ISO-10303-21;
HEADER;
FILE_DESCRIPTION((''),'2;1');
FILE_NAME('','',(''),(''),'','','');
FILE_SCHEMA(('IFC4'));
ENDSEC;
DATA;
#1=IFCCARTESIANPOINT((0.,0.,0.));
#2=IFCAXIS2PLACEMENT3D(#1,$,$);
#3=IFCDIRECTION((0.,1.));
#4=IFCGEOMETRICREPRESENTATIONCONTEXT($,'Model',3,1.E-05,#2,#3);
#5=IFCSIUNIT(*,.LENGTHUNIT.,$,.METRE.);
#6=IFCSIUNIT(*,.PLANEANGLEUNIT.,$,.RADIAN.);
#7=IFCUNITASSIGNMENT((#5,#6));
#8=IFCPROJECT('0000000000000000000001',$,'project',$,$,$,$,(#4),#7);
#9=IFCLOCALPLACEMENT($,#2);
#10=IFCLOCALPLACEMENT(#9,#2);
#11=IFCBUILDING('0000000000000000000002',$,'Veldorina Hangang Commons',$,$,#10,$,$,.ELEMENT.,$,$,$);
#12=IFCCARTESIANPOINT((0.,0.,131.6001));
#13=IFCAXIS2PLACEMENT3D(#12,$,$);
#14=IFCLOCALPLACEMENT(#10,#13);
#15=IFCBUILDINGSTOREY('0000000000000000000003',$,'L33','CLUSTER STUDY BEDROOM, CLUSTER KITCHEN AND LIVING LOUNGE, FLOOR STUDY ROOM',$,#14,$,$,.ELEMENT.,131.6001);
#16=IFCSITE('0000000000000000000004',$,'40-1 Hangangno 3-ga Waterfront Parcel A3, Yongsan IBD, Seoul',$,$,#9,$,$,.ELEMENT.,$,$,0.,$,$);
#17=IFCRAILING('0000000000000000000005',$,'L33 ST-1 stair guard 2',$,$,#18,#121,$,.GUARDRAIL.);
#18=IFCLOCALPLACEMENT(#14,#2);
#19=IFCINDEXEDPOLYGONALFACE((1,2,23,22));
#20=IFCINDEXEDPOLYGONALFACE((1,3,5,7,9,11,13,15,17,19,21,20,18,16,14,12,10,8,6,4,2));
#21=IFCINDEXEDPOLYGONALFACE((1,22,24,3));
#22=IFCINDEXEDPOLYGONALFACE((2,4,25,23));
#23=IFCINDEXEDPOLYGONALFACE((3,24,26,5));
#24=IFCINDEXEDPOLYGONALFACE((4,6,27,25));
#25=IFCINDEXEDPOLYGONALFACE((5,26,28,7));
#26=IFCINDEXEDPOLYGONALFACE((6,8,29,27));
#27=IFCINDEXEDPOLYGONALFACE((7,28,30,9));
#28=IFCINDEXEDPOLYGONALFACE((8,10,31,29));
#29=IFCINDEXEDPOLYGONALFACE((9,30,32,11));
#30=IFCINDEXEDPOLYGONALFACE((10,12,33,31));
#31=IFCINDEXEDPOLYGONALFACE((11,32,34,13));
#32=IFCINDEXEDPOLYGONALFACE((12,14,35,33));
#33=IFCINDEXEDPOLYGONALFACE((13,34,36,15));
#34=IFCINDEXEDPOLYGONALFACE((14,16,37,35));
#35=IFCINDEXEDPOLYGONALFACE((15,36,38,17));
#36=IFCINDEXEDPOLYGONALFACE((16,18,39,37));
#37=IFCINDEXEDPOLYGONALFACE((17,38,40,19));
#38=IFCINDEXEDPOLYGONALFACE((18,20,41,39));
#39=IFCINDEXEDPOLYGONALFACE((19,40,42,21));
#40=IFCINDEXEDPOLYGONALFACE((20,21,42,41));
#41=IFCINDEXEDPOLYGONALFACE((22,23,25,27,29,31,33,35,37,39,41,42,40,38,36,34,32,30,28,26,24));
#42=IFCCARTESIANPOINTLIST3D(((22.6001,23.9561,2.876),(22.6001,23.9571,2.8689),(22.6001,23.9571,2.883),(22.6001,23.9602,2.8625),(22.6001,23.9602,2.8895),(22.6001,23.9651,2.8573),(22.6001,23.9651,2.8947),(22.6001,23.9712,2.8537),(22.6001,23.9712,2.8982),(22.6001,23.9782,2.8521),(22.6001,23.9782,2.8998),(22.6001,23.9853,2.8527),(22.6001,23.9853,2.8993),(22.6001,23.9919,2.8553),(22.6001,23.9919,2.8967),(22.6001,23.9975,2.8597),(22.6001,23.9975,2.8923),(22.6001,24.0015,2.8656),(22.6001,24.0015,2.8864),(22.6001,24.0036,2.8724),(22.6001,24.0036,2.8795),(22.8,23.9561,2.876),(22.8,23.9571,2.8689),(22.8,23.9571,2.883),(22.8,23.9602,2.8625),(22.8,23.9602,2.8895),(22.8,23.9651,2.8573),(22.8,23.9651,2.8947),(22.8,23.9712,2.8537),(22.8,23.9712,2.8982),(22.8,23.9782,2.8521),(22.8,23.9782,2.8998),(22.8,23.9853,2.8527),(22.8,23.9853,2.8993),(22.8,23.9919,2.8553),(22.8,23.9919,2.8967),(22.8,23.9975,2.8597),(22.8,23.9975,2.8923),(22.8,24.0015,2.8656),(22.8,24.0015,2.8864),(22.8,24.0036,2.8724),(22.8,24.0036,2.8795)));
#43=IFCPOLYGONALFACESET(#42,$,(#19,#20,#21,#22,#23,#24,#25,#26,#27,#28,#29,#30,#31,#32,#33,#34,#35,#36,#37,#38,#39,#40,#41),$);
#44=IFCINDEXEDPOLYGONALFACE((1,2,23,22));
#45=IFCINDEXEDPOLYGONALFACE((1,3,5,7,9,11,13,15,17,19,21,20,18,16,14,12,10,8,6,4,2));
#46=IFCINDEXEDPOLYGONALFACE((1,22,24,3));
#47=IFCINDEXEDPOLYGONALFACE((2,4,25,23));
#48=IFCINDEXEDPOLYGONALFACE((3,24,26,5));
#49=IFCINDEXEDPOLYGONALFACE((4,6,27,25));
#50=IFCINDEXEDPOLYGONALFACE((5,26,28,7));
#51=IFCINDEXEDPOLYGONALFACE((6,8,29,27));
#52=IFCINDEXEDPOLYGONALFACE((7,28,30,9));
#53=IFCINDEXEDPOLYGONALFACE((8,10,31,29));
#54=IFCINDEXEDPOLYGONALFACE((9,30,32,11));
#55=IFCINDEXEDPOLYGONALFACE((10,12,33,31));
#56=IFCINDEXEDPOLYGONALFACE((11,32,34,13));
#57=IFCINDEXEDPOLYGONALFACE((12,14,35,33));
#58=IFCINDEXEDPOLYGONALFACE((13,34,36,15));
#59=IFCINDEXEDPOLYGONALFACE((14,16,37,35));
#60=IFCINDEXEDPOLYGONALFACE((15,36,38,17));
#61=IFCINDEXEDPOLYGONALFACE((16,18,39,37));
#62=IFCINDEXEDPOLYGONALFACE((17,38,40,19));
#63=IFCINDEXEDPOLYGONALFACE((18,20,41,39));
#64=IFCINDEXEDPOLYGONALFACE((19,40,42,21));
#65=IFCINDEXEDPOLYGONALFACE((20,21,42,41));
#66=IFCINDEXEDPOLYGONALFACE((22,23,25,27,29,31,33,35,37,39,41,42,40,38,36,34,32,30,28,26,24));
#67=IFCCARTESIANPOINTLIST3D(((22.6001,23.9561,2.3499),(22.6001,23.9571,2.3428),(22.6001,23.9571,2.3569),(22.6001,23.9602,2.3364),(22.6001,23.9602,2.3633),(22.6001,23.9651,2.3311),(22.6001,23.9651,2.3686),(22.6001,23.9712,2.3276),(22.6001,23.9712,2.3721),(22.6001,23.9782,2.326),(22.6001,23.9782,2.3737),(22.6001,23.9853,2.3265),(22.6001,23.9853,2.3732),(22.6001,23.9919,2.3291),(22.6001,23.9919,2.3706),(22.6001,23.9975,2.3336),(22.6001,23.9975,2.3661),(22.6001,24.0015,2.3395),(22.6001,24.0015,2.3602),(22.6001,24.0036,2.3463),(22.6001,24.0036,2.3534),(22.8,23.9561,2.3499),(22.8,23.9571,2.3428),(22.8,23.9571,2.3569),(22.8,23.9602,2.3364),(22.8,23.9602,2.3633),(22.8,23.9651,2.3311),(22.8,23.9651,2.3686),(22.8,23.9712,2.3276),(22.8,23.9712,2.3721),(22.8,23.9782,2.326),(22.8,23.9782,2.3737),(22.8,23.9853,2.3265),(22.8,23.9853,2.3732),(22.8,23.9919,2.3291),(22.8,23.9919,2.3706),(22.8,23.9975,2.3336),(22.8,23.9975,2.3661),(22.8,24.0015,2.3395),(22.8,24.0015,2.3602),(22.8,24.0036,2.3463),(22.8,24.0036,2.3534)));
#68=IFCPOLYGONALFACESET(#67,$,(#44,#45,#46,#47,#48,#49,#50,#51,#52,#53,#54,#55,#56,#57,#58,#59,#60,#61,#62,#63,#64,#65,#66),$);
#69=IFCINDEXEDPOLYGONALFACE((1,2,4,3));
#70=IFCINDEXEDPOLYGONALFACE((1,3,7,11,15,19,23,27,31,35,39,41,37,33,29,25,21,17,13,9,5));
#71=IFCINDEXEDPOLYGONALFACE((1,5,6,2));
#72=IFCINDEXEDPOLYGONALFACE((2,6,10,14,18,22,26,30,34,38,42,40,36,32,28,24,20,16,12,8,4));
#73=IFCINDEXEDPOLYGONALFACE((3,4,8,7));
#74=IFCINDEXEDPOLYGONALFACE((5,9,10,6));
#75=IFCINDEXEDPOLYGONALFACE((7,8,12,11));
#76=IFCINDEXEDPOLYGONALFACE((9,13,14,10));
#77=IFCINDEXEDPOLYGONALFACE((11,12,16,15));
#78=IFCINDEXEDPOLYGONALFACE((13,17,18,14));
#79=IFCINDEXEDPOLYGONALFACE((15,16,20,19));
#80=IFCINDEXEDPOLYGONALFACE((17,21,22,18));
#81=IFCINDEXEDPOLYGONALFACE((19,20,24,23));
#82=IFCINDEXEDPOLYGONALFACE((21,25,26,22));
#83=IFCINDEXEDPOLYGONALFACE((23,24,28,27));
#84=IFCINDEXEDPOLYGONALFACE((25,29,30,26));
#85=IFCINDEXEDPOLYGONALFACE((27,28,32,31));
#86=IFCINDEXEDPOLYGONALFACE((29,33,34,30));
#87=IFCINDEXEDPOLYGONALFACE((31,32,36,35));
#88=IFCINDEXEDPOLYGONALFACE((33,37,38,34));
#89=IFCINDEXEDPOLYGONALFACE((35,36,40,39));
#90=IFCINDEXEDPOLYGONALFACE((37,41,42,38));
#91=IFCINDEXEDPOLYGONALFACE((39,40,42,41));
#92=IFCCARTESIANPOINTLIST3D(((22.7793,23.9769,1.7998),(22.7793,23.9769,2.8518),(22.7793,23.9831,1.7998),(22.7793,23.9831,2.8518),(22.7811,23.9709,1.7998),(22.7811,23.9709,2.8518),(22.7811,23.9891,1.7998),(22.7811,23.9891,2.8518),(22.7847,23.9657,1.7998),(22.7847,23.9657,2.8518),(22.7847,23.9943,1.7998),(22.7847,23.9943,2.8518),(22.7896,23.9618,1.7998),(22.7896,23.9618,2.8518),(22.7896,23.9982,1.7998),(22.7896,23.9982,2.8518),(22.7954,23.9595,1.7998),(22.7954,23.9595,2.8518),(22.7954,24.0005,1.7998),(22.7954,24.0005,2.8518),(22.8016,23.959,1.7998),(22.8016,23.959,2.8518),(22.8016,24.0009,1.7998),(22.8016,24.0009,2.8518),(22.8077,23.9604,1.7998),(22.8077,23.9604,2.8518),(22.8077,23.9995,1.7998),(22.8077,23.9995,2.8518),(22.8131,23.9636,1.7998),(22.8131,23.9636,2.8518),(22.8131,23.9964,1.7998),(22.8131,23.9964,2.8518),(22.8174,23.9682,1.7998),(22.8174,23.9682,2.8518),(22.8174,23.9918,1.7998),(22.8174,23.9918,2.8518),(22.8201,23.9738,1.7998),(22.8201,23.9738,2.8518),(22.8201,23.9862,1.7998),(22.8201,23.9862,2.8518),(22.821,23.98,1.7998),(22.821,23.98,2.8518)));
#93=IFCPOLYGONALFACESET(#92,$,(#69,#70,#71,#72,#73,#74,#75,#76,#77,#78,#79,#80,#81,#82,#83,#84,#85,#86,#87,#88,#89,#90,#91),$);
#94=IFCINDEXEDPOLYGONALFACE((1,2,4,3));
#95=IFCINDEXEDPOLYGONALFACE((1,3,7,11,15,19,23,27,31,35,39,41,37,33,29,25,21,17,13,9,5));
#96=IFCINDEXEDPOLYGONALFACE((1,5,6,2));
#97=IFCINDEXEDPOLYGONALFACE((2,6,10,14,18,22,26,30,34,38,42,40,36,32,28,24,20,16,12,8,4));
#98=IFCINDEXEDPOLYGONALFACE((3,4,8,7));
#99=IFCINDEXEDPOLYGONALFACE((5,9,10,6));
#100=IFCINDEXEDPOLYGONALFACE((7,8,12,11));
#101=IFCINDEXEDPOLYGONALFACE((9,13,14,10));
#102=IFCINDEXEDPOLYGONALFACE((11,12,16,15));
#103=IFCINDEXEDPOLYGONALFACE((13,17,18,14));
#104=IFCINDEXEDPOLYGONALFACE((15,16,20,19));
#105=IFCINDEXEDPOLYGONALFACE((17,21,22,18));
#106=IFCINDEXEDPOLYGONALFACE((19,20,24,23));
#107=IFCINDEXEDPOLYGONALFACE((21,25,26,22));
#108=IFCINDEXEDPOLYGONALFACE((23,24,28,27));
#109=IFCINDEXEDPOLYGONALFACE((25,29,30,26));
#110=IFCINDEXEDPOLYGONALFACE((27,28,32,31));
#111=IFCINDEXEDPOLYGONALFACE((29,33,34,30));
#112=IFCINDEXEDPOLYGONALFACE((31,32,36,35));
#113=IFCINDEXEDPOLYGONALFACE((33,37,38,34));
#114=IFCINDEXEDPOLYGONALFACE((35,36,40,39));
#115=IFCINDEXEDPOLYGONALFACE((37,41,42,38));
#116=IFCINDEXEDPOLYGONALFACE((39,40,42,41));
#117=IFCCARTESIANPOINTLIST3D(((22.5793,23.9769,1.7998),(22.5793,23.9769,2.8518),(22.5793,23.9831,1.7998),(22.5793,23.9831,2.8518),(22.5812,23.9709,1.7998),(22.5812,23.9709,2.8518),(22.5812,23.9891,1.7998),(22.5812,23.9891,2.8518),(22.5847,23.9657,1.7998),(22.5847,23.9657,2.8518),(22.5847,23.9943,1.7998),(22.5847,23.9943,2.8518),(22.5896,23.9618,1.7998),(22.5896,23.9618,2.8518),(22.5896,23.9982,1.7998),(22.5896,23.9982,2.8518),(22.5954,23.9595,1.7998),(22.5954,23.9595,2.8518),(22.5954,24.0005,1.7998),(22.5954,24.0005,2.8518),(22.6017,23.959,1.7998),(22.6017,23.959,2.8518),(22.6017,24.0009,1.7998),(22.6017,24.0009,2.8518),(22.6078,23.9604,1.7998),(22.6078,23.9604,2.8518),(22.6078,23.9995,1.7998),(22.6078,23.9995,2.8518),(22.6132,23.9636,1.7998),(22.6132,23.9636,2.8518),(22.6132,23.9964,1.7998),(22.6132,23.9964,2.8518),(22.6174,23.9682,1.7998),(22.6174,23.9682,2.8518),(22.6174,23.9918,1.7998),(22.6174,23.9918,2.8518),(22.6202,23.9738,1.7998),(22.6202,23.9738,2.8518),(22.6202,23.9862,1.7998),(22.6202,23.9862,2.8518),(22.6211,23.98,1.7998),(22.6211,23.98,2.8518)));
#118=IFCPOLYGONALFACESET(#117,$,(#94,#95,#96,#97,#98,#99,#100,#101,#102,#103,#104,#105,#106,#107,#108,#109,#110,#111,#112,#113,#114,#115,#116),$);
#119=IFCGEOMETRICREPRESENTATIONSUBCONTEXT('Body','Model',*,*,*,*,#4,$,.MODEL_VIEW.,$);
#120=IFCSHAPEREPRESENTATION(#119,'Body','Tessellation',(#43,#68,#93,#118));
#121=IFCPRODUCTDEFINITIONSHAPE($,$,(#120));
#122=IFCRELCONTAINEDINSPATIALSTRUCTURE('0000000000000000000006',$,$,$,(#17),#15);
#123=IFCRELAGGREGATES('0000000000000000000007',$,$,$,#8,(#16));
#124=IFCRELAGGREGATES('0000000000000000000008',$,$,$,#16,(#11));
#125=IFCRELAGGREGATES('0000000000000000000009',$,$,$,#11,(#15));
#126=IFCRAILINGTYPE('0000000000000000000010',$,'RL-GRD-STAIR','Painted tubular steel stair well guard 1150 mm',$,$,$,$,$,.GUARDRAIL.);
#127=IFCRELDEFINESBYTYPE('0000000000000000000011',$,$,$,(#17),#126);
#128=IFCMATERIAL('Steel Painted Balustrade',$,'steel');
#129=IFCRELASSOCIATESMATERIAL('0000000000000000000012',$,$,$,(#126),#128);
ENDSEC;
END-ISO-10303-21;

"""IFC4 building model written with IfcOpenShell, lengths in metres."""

from ifc_helpers import new_model, si_unit, direction, frame, origin, origin_2d, place, context, subcontext, project, spatial, circle, extrude, material, type_object, element, save


model = new_model("IFC4")

# Units and contexts
model_context = context("Model", 3, precision=1e-05, world=origin(), true_north=direction((0.0, 1.0)))
body_context = subcontext(model_context, "Body", "Model", "MODEL_VIEW")
ifc_project = project(units=[si_unit("LENGTHUNIT", "METRE"), si_unit("PLANEANGLEUNIT", "RADIAN")], contexts=[model_context])

# Site, building, storey
site_placement = place(None, origin())
site = spatial("IfcSite", under=ifc_project, at=site_placement, Name="40-1 Hangangno 3-ga Waterfront Parcel A3, Yongsan IBD, Seoul", CompositionType="ELEMENT", RefElevation=0.0)
building_placement = place(site_placement, origin())
building = spatial("IfcBuilding", under=site, at=building_placement, Name="Veldorina Hangang Commons", CompositionType="ELEMENT")
storey_placement = place(building_placement, frame((0.0, 0.0, 131.6001)))
storey = spatial("IfcBuildingStorey", under=building, at=storey_placement, Name="L33", Description="CLUSTER STUDY BEDROOM, CLUSTER KITCHEN AND LIVING LOUNGE, FLOOR STUDY ROOM", CompositionType="ELEMENT", Elevation=131.6001)

# Railing
ifc_material_1 = material(Name="Steel Painted Balustrade", Category="steel")
railing_type_1 = type_object("IfcRailingType", Name="RL-GRD-STAIR", Description="Painted tubular steel stair well guard 1150 mm", PredefinedType="GUARDRAIL", material=ifc_material_1)
railing_1_placement = place(storey_placement, frame((22.8, 23.98, 1.7998)))
element("IfcRailing", 1, at=railing_1_placement, inside=storey, type_object=railing_type_1, Name="L33 ST-1 stair guard 2", PredefinedType="GUARDRAIL", context=body_context, shape_type="SweptSolid", body=[
    extrude(circle(Radius=0.0239, at=origin_2d()), frame((0.0, 0.0, 1.0762), z_axis=(-1.0, 0.0, 0.0), x_axis=(0.0, -1.0, 0.0)), (0.0, 0.0, 1.0), 0.2),
    extrude(circle(Radius=0.0239, at=origin_2d()), frame((0.0, 0.0, 0.55), z_axis=(-1.0, 0.0, 0.0), x_axis=(0.0, -1.0, 0.0)), (0.0, 0.0, 1.0), 0.2),
    extrude(circle(Radius=0.021, at=origin_2d()), origin(), (0.0, 0.0, 1.0), 1.052),
    extrude(circle(Radius=0.021, at=origin_2d()), frame((-0.2, 0.0, 0.0)), (0.0, 0.0, 1.0), 1.052),
])

save(model, "model.ifc")
